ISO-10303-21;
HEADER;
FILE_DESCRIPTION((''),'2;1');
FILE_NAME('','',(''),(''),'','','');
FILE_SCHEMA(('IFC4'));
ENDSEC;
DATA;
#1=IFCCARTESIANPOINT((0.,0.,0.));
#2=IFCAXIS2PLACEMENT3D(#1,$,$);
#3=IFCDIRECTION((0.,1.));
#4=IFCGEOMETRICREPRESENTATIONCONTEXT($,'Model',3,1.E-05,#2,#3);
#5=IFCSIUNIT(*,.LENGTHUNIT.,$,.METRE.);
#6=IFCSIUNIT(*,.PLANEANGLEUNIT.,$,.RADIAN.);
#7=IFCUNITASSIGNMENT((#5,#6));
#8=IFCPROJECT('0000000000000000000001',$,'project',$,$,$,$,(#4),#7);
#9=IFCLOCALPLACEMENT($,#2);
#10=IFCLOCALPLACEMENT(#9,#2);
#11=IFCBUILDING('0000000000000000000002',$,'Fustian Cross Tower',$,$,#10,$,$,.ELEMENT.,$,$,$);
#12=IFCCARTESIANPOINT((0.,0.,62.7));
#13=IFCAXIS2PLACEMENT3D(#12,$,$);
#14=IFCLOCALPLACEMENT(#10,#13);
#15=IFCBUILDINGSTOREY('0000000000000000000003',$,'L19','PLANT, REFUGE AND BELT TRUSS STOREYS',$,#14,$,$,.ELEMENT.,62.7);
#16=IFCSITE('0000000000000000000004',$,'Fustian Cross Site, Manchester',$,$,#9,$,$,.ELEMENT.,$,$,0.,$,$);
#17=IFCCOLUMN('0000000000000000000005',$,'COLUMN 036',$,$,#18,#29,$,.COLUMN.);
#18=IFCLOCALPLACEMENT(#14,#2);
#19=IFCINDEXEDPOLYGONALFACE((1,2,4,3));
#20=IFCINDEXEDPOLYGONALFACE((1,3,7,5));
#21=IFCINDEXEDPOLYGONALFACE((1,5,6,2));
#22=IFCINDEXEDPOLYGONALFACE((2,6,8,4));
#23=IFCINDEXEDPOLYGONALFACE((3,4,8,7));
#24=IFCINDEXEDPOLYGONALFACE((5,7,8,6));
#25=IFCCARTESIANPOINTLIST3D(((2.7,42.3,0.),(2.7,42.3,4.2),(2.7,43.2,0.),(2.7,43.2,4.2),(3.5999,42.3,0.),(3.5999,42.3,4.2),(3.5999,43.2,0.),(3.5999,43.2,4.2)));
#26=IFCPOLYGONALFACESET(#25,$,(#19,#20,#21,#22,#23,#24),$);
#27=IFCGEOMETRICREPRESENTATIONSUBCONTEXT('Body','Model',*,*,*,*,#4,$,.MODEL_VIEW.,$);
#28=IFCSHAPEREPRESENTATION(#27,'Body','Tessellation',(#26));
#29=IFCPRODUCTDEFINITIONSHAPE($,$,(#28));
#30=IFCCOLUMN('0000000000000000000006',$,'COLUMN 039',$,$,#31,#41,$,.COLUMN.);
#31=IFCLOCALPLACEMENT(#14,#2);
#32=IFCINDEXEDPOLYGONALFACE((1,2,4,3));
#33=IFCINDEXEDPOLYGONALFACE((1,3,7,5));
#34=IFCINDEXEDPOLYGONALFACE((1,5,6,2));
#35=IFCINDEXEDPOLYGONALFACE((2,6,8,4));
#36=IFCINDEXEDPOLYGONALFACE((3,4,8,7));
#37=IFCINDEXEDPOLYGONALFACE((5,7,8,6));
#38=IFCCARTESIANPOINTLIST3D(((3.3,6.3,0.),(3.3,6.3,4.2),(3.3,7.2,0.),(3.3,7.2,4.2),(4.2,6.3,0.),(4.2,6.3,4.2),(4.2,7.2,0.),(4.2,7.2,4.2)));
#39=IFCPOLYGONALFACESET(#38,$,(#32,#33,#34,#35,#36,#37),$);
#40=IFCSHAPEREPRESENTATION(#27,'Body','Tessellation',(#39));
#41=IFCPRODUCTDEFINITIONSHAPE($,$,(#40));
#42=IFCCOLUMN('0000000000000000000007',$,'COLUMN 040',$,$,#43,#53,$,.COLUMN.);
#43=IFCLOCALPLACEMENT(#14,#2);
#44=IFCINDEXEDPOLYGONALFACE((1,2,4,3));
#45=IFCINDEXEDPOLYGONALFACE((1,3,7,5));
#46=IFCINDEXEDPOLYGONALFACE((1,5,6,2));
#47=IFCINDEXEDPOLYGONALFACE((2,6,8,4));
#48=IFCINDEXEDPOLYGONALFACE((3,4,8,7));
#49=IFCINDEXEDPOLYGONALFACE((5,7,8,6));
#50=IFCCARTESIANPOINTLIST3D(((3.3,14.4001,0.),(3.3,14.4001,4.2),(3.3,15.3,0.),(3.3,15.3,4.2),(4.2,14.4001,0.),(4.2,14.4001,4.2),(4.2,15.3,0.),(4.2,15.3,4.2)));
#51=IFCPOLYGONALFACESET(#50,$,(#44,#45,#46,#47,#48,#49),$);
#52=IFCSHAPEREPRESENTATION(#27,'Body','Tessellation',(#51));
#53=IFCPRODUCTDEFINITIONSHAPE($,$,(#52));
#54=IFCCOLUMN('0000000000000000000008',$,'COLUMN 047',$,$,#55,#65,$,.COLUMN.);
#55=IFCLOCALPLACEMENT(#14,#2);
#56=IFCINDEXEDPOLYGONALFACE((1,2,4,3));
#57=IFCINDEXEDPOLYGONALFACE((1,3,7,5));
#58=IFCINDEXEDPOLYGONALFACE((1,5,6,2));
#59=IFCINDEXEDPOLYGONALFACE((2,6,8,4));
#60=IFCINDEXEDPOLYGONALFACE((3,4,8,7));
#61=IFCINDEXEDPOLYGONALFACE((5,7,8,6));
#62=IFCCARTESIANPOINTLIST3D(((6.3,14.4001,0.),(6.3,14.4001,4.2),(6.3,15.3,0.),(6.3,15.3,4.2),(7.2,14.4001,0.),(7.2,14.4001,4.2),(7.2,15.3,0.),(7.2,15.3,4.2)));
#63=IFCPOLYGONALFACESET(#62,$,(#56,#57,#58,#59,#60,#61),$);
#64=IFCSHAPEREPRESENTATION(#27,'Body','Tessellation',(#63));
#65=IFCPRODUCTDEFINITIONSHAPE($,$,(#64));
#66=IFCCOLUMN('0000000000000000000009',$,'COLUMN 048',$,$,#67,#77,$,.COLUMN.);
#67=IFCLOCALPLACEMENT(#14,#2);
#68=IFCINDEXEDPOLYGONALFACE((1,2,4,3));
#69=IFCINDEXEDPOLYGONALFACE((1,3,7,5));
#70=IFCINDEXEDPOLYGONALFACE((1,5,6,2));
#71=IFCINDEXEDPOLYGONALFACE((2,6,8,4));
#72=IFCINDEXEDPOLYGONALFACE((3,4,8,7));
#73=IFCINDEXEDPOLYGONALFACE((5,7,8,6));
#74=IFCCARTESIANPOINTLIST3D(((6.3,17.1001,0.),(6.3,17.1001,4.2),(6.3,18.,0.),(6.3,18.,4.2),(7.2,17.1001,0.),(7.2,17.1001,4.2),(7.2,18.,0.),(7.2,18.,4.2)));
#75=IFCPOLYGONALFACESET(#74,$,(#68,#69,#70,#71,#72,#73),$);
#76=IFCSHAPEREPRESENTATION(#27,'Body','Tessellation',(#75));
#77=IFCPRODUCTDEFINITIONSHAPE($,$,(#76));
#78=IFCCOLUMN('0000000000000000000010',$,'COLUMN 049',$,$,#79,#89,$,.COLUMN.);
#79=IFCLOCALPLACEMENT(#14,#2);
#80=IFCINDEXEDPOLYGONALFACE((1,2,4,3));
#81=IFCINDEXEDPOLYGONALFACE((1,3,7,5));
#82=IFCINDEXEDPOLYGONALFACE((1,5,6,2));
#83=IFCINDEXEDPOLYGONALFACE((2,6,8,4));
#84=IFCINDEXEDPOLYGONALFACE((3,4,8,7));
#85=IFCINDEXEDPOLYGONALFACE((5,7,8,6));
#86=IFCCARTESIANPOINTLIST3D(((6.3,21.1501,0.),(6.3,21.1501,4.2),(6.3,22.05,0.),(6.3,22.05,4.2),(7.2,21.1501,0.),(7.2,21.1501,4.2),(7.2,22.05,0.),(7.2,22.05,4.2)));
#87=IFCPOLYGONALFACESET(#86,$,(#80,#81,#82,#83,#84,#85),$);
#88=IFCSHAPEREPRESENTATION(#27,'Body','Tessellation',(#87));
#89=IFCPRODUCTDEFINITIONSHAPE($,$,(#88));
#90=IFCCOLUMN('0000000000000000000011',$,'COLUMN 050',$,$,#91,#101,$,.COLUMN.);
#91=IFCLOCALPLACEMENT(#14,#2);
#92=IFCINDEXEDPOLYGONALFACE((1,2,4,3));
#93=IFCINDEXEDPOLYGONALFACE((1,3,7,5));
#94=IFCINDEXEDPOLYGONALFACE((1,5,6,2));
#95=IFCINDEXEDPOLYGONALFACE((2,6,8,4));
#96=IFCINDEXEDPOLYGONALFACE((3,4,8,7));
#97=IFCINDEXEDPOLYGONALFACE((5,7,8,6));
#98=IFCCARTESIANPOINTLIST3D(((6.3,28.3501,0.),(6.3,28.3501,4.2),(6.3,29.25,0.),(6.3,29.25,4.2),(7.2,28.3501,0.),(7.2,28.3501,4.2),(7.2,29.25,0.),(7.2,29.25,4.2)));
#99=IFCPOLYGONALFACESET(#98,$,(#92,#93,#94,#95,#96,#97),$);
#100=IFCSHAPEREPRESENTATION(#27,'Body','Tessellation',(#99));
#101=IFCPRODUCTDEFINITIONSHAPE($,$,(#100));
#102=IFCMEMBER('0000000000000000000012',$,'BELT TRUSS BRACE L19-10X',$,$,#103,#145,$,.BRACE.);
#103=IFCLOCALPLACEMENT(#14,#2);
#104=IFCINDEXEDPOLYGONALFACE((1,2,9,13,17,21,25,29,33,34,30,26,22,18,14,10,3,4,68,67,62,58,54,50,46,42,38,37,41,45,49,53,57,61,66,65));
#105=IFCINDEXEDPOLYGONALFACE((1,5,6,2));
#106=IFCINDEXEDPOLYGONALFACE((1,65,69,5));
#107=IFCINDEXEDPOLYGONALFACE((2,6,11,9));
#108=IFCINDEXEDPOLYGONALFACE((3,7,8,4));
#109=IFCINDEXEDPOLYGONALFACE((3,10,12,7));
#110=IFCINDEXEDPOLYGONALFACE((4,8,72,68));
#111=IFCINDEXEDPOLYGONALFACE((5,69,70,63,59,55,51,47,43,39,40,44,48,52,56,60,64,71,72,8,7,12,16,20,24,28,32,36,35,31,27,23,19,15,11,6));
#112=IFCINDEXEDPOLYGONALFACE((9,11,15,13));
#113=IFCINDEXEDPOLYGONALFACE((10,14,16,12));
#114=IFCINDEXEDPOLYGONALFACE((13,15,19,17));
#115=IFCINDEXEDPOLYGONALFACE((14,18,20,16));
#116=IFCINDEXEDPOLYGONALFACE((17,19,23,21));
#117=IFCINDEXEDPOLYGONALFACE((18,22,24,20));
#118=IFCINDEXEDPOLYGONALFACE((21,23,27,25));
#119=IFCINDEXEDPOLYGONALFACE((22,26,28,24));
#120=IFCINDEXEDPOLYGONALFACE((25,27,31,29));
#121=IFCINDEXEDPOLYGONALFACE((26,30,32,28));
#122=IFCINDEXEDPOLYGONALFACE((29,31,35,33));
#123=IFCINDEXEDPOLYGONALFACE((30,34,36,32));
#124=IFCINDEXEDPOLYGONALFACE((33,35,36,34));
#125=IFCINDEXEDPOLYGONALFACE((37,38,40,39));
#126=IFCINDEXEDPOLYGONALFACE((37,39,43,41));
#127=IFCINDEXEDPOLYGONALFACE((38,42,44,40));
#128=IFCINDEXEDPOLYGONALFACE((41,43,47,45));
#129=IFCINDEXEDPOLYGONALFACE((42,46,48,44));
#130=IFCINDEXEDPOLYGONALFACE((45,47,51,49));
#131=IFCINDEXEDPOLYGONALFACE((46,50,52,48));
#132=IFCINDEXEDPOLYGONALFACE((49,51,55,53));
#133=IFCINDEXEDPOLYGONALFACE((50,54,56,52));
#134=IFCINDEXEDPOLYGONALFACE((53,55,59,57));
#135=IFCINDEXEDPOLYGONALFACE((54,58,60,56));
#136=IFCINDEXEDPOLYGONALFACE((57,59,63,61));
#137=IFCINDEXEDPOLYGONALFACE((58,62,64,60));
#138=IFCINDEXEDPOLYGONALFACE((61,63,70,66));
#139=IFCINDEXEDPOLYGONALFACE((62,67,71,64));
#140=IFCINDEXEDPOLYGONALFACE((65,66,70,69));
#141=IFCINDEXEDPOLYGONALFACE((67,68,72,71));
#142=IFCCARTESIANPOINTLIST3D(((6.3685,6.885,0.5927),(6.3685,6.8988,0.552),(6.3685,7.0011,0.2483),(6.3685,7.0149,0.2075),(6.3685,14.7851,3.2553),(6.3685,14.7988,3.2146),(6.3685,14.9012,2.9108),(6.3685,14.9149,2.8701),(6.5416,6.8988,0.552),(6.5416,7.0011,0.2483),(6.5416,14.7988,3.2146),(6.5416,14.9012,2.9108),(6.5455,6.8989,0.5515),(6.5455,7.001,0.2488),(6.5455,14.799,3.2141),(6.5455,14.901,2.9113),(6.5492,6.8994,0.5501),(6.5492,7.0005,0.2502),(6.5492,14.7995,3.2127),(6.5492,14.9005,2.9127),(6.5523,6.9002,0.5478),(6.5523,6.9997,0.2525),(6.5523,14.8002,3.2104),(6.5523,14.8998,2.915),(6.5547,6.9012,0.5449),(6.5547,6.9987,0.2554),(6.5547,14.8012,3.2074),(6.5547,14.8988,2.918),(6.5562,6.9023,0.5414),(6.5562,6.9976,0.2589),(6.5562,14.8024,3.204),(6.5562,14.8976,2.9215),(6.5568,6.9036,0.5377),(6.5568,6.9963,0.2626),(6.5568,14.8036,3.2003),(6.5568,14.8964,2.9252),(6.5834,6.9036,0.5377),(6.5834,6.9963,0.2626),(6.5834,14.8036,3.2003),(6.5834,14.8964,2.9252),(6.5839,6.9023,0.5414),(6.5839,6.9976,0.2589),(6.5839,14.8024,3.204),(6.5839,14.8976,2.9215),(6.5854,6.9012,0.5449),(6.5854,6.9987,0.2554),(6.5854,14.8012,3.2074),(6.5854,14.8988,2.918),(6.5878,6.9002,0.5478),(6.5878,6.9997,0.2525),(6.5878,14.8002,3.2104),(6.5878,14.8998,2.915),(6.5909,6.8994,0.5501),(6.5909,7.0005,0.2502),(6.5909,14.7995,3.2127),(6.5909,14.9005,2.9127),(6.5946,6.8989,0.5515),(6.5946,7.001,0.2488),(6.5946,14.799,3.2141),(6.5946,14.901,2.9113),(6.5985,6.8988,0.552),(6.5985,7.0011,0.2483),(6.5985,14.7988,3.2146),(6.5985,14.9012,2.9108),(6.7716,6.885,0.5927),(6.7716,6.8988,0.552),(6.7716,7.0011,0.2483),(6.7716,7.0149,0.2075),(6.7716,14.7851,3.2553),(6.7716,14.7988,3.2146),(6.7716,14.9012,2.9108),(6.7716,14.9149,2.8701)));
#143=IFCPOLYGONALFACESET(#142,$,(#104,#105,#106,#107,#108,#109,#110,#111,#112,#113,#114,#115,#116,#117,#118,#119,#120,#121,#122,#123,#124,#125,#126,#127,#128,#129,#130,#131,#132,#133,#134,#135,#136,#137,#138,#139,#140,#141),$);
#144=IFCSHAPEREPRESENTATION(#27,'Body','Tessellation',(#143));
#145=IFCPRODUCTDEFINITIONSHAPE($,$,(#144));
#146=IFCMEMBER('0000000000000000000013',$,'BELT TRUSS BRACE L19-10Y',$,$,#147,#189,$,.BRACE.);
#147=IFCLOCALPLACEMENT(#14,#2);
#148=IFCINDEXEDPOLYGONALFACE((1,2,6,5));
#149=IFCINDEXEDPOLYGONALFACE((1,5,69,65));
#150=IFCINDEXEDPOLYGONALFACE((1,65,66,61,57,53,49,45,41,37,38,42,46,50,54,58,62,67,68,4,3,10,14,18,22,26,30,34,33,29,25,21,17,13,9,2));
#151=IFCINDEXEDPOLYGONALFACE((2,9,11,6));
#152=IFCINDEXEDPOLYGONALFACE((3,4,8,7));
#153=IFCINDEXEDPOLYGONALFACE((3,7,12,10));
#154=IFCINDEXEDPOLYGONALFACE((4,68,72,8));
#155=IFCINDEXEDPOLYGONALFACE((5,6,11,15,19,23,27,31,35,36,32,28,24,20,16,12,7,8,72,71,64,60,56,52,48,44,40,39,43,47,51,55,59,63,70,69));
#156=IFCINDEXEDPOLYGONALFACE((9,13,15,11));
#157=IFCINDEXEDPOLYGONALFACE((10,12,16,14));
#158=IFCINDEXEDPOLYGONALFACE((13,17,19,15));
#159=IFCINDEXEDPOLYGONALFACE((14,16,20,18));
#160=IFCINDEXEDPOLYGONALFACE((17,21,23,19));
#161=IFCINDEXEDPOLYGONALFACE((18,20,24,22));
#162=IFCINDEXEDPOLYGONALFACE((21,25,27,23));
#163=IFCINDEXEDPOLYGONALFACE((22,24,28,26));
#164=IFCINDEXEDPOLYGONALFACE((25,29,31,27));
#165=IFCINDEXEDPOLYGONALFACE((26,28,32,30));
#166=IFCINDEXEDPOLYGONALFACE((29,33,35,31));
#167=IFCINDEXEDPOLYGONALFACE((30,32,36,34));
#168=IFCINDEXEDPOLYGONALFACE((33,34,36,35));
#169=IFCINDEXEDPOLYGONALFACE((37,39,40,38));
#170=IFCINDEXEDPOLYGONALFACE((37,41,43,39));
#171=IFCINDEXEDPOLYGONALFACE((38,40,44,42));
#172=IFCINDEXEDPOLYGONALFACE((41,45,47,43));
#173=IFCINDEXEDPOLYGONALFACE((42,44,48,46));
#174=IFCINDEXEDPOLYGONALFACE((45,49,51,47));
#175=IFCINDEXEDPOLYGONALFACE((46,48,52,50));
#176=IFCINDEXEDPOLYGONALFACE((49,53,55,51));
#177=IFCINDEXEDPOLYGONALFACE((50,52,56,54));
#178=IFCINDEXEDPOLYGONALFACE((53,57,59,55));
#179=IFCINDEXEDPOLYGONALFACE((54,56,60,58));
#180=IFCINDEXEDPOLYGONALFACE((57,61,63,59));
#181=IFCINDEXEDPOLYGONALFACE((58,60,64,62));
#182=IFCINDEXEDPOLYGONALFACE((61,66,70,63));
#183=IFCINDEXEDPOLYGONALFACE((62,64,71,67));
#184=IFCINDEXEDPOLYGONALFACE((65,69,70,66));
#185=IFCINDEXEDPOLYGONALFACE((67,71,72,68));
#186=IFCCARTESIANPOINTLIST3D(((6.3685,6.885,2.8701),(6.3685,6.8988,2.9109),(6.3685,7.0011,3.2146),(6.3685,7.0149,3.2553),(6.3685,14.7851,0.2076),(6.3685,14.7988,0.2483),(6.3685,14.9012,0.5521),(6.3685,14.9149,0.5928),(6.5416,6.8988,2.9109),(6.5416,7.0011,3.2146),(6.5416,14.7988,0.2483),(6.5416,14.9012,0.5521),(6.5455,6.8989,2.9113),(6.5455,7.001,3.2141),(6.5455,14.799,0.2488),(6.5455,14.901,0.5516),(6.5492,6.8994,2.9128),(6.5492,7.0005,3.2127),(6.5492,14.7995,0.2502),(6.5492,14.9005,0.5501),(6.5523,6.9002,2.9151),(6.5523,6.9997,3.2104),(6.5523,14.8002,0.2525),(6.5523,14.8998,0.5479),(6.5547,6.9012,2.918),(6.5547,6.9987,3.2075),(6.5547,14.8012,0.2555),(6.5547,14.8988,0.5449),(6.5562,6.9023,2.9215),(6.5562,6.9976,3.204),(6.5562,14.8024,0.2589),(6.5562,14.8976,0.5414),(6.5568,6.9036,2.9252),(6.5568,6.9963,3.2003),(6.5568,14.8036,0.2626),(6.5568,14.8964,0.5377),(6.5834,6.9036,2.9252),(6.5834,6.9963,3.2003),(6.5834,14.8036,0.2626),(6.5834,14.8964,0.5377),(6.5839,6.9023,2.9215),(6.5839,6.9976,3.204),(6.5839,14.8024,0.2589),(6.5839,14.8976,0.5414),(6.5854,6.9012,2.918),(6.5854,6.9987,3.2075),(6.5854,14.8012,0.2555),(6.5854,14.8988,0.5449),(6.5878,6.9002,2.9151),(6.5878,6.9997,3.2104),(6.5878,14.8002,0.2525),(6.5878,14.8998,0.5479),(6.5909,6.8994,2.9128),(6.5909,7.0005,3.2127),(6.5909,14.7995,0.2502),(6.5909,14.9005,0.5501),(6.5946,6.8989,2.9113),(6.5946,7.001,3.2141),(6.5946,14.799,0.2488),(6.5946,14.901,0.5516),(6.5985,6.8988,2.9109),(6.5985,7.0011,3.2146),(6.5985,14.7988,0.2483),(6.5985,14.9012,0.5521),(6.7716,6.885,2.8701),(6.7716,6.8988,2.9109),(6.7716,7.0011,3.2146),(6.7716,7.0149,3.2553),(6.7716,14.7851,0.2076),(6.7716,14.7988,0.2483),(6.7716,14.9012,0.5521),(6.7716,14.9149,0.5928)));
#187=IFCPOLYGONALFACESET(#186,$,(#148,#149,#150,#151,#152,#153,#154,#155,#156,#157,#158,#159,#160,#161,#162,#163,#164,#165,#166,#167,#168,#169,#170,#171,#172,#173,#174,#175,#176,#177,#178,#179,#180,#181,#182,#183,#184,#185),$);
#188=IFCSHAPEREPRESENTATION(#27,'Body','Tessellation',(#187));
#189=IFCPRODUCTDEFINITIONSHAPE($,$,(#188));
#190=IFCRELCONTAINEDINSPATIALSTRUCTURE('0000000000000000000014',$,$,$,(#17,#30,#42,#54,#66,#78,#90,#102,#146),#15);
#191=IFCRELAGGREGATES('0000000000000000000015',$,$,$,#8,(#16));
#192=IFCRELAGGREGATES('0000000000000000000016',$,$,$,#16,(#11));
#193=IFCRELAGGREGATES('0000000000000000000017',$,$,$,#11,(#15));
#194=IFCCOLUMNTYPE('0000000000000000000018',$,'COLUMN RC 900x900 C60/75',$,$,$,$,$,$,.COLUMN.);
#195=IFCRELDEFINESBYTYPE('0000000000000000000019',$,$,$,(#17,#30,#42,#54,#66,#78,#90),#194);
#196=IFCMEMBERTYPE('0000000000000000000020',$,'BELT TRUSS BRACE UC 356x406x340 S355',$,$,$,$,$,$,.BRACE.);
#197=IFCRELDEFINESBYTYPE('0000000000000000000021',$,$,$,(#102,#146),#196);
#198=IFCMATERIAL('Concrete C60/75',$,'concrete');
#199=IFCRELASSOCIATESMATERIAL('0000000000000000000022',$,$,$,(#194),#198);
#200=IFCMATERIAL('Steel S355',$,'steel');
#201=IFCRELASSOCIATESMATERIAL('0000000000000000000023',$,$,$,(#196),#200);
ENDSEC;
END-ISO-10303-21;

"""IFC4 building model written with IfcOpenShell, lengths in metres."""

from ifc_helpers import new_model, si_unit, direction, frame, origin, origin_2d, place, context, subcontext, project, spatial, rectangle, i_section, extrude, material, material_profile, profile_set, type_object, element, save


model = new_model("IFC4")

# Units and contexts
model_context = context("Model", 3, precision=1e-05, world=origin(), true_north=direction((0.0, 1.0)))
body_context = subcontext(model_context, "Body", "Model", "MODEL_VIEW")
ifc_project = project(units=[si_unit("LENGTHUNIT", "METRE"), si_unit("PLANEANGLEUNIT", "RADIAN")], contexts=[model_context])

# Site, building, storey
site_placement = place(None, origin())
site = spatial("IfcSite", under=ifc_project, at=site_placement, Name="Fustian Cross Site, Manchester", CompositionType="ELEMENT", RefElevation=0.0)
building_placement = place(site_placement, origin())
building = spatial("IfcBuilding", under=site, at=building_placement, Name="Fustian Cross Tower", CompositionType="ELEMENT")
storey_placement = place(building_placement, frame((0.0, 0.0, 62.7)))
storey = spatial("IfcBuildingStorey", under=building, at=storey_placement, Name="L19", Description="PLANT, REFUGE AND BELT TRUSS STOREYS", CompositionType="ELEMENT", Elevation=62.7)

# Columns
ifc_material_1 = material(Name="Concrete C60/75", Category="concrete")
ifc_material_profile_1 = material_profile(ifc_material_1, rectangle(XDim=0.8999, YDim=0.8999, at=origin_2d()), Name="RC 900x900")
ifc_profile_set_1 = profile_set([ifc_material_profile_1], Name="Concrete C60/75")
column_type = type_object("IfcColumnType", Name="COLUMN RC 900x900 C60/75", PredefinedType="COLUMN", material=ifc_profile_set_1)
for number, where, z_axis, x_axis, name in (
    (1, (3.1499, 42.75, 0.0), (0.0, 0.0, 1.0), (1.0, 0.0, 0.0), "COLUMN 036"),
    (2, (3.75, 6.75, 0.0), (0.0, 0.0, 1.0), (1.0, 0.0, 0.0), "COLUMN 039"),
    (3, (3.75, 14.8501, 0.0), (0.0, 0.0, 1.0), (1.0, 0.0, 0.0), "COLUMN 040"),
    (4, (6.75, 14.8501, 0.0), (0.0, 0.0, 1.0), (1.0, 0.0, 0.0), "COLUMN 047"),
    (5, (6.75, 17.55, 0.0), (0.0, 0.0, 1.0), (1.0, 0.0, 0.0), "COLUMN 048"),
    (6, (6.75, 21.6001, 0.0), (0.0, 0.0, 1.0), (1.0, 0.0, 0.0), "COLUMN 049"),
    (7, (6.75, 28.8, 0.0), (0.0, 0.0, 1.0), (1.0, 0.0, 0.0), "COLUMN 050"),
):
    element("IfcColumn", number, at=place(storey_placement, frame(where, z_axis=z_axis, x_axis=x_axis)), inside=storey, type_object=column_type, Name=name, PredefinedType="COLUMN", context=body_context, shape_type="SweptSolid", body=[
        extrude(rectangle(XDim=0.8999, YDim=0.8999, at=origin_2d()), origin(), (0.0, 0.0, 1.0), 4.2),
    ])

# Members
ifc_material_2 = material(Name="Steel S355", Category="steel")
ifc_material_profile_2 = material_profile(ifc_material_2, i_section(OverallWidth=0.4031, OverallDepth=0.4065, WebThickness=0.0266, FlangeThickness=0.043, FilletRadius=0.0151, at=origin_2d()), Name="UC 356x406x340")
ifc_profile_set_2 = profile_set([ifc_material_profile_2], Name="Steel S355")
member_type_1 = type_object("IfcMemberType", Name="BELT TRUSS BRACE UC 356x406x340 S355", PredefinedType="BRACE", material=ifc_profile_set_2)
for number, where, z_axis, x_axis, name in (
    (8, (6.5701, 6.95, 0.4001), (0.0, 0.947627, 0.31938), (-1.0, 0.0, 0.0), "BELT TRUSS BRACE L19-10X"),
    (9, (6.5701, 6.95, 3.0627), (0.0, 0.947627, -0.31938), (-1.0, 0.0, 0.0), "BELT TRUSS BRACE L19-10Y"),
):
    element("IfcMember", number, at=place(storey_placement, frame(where, z_axis=z_axis, x_axis=x_axis)), inside=storey, type_object=member_type_1, Name=name, PredefinedType="BRACE", context=body_context, shape_type="SweptSolid", body=[
        extrude(i_section(OverallWidth=0.4031, OverallDepth=0.4065, WebThickness=0.0266, FlangeThickness=0.043, FilletRadius=0.0151, at=origin_2d()), origin(), (0.0, 0.0, 1.0), 8.3367),
    ])

save(model, "model.ifc")
